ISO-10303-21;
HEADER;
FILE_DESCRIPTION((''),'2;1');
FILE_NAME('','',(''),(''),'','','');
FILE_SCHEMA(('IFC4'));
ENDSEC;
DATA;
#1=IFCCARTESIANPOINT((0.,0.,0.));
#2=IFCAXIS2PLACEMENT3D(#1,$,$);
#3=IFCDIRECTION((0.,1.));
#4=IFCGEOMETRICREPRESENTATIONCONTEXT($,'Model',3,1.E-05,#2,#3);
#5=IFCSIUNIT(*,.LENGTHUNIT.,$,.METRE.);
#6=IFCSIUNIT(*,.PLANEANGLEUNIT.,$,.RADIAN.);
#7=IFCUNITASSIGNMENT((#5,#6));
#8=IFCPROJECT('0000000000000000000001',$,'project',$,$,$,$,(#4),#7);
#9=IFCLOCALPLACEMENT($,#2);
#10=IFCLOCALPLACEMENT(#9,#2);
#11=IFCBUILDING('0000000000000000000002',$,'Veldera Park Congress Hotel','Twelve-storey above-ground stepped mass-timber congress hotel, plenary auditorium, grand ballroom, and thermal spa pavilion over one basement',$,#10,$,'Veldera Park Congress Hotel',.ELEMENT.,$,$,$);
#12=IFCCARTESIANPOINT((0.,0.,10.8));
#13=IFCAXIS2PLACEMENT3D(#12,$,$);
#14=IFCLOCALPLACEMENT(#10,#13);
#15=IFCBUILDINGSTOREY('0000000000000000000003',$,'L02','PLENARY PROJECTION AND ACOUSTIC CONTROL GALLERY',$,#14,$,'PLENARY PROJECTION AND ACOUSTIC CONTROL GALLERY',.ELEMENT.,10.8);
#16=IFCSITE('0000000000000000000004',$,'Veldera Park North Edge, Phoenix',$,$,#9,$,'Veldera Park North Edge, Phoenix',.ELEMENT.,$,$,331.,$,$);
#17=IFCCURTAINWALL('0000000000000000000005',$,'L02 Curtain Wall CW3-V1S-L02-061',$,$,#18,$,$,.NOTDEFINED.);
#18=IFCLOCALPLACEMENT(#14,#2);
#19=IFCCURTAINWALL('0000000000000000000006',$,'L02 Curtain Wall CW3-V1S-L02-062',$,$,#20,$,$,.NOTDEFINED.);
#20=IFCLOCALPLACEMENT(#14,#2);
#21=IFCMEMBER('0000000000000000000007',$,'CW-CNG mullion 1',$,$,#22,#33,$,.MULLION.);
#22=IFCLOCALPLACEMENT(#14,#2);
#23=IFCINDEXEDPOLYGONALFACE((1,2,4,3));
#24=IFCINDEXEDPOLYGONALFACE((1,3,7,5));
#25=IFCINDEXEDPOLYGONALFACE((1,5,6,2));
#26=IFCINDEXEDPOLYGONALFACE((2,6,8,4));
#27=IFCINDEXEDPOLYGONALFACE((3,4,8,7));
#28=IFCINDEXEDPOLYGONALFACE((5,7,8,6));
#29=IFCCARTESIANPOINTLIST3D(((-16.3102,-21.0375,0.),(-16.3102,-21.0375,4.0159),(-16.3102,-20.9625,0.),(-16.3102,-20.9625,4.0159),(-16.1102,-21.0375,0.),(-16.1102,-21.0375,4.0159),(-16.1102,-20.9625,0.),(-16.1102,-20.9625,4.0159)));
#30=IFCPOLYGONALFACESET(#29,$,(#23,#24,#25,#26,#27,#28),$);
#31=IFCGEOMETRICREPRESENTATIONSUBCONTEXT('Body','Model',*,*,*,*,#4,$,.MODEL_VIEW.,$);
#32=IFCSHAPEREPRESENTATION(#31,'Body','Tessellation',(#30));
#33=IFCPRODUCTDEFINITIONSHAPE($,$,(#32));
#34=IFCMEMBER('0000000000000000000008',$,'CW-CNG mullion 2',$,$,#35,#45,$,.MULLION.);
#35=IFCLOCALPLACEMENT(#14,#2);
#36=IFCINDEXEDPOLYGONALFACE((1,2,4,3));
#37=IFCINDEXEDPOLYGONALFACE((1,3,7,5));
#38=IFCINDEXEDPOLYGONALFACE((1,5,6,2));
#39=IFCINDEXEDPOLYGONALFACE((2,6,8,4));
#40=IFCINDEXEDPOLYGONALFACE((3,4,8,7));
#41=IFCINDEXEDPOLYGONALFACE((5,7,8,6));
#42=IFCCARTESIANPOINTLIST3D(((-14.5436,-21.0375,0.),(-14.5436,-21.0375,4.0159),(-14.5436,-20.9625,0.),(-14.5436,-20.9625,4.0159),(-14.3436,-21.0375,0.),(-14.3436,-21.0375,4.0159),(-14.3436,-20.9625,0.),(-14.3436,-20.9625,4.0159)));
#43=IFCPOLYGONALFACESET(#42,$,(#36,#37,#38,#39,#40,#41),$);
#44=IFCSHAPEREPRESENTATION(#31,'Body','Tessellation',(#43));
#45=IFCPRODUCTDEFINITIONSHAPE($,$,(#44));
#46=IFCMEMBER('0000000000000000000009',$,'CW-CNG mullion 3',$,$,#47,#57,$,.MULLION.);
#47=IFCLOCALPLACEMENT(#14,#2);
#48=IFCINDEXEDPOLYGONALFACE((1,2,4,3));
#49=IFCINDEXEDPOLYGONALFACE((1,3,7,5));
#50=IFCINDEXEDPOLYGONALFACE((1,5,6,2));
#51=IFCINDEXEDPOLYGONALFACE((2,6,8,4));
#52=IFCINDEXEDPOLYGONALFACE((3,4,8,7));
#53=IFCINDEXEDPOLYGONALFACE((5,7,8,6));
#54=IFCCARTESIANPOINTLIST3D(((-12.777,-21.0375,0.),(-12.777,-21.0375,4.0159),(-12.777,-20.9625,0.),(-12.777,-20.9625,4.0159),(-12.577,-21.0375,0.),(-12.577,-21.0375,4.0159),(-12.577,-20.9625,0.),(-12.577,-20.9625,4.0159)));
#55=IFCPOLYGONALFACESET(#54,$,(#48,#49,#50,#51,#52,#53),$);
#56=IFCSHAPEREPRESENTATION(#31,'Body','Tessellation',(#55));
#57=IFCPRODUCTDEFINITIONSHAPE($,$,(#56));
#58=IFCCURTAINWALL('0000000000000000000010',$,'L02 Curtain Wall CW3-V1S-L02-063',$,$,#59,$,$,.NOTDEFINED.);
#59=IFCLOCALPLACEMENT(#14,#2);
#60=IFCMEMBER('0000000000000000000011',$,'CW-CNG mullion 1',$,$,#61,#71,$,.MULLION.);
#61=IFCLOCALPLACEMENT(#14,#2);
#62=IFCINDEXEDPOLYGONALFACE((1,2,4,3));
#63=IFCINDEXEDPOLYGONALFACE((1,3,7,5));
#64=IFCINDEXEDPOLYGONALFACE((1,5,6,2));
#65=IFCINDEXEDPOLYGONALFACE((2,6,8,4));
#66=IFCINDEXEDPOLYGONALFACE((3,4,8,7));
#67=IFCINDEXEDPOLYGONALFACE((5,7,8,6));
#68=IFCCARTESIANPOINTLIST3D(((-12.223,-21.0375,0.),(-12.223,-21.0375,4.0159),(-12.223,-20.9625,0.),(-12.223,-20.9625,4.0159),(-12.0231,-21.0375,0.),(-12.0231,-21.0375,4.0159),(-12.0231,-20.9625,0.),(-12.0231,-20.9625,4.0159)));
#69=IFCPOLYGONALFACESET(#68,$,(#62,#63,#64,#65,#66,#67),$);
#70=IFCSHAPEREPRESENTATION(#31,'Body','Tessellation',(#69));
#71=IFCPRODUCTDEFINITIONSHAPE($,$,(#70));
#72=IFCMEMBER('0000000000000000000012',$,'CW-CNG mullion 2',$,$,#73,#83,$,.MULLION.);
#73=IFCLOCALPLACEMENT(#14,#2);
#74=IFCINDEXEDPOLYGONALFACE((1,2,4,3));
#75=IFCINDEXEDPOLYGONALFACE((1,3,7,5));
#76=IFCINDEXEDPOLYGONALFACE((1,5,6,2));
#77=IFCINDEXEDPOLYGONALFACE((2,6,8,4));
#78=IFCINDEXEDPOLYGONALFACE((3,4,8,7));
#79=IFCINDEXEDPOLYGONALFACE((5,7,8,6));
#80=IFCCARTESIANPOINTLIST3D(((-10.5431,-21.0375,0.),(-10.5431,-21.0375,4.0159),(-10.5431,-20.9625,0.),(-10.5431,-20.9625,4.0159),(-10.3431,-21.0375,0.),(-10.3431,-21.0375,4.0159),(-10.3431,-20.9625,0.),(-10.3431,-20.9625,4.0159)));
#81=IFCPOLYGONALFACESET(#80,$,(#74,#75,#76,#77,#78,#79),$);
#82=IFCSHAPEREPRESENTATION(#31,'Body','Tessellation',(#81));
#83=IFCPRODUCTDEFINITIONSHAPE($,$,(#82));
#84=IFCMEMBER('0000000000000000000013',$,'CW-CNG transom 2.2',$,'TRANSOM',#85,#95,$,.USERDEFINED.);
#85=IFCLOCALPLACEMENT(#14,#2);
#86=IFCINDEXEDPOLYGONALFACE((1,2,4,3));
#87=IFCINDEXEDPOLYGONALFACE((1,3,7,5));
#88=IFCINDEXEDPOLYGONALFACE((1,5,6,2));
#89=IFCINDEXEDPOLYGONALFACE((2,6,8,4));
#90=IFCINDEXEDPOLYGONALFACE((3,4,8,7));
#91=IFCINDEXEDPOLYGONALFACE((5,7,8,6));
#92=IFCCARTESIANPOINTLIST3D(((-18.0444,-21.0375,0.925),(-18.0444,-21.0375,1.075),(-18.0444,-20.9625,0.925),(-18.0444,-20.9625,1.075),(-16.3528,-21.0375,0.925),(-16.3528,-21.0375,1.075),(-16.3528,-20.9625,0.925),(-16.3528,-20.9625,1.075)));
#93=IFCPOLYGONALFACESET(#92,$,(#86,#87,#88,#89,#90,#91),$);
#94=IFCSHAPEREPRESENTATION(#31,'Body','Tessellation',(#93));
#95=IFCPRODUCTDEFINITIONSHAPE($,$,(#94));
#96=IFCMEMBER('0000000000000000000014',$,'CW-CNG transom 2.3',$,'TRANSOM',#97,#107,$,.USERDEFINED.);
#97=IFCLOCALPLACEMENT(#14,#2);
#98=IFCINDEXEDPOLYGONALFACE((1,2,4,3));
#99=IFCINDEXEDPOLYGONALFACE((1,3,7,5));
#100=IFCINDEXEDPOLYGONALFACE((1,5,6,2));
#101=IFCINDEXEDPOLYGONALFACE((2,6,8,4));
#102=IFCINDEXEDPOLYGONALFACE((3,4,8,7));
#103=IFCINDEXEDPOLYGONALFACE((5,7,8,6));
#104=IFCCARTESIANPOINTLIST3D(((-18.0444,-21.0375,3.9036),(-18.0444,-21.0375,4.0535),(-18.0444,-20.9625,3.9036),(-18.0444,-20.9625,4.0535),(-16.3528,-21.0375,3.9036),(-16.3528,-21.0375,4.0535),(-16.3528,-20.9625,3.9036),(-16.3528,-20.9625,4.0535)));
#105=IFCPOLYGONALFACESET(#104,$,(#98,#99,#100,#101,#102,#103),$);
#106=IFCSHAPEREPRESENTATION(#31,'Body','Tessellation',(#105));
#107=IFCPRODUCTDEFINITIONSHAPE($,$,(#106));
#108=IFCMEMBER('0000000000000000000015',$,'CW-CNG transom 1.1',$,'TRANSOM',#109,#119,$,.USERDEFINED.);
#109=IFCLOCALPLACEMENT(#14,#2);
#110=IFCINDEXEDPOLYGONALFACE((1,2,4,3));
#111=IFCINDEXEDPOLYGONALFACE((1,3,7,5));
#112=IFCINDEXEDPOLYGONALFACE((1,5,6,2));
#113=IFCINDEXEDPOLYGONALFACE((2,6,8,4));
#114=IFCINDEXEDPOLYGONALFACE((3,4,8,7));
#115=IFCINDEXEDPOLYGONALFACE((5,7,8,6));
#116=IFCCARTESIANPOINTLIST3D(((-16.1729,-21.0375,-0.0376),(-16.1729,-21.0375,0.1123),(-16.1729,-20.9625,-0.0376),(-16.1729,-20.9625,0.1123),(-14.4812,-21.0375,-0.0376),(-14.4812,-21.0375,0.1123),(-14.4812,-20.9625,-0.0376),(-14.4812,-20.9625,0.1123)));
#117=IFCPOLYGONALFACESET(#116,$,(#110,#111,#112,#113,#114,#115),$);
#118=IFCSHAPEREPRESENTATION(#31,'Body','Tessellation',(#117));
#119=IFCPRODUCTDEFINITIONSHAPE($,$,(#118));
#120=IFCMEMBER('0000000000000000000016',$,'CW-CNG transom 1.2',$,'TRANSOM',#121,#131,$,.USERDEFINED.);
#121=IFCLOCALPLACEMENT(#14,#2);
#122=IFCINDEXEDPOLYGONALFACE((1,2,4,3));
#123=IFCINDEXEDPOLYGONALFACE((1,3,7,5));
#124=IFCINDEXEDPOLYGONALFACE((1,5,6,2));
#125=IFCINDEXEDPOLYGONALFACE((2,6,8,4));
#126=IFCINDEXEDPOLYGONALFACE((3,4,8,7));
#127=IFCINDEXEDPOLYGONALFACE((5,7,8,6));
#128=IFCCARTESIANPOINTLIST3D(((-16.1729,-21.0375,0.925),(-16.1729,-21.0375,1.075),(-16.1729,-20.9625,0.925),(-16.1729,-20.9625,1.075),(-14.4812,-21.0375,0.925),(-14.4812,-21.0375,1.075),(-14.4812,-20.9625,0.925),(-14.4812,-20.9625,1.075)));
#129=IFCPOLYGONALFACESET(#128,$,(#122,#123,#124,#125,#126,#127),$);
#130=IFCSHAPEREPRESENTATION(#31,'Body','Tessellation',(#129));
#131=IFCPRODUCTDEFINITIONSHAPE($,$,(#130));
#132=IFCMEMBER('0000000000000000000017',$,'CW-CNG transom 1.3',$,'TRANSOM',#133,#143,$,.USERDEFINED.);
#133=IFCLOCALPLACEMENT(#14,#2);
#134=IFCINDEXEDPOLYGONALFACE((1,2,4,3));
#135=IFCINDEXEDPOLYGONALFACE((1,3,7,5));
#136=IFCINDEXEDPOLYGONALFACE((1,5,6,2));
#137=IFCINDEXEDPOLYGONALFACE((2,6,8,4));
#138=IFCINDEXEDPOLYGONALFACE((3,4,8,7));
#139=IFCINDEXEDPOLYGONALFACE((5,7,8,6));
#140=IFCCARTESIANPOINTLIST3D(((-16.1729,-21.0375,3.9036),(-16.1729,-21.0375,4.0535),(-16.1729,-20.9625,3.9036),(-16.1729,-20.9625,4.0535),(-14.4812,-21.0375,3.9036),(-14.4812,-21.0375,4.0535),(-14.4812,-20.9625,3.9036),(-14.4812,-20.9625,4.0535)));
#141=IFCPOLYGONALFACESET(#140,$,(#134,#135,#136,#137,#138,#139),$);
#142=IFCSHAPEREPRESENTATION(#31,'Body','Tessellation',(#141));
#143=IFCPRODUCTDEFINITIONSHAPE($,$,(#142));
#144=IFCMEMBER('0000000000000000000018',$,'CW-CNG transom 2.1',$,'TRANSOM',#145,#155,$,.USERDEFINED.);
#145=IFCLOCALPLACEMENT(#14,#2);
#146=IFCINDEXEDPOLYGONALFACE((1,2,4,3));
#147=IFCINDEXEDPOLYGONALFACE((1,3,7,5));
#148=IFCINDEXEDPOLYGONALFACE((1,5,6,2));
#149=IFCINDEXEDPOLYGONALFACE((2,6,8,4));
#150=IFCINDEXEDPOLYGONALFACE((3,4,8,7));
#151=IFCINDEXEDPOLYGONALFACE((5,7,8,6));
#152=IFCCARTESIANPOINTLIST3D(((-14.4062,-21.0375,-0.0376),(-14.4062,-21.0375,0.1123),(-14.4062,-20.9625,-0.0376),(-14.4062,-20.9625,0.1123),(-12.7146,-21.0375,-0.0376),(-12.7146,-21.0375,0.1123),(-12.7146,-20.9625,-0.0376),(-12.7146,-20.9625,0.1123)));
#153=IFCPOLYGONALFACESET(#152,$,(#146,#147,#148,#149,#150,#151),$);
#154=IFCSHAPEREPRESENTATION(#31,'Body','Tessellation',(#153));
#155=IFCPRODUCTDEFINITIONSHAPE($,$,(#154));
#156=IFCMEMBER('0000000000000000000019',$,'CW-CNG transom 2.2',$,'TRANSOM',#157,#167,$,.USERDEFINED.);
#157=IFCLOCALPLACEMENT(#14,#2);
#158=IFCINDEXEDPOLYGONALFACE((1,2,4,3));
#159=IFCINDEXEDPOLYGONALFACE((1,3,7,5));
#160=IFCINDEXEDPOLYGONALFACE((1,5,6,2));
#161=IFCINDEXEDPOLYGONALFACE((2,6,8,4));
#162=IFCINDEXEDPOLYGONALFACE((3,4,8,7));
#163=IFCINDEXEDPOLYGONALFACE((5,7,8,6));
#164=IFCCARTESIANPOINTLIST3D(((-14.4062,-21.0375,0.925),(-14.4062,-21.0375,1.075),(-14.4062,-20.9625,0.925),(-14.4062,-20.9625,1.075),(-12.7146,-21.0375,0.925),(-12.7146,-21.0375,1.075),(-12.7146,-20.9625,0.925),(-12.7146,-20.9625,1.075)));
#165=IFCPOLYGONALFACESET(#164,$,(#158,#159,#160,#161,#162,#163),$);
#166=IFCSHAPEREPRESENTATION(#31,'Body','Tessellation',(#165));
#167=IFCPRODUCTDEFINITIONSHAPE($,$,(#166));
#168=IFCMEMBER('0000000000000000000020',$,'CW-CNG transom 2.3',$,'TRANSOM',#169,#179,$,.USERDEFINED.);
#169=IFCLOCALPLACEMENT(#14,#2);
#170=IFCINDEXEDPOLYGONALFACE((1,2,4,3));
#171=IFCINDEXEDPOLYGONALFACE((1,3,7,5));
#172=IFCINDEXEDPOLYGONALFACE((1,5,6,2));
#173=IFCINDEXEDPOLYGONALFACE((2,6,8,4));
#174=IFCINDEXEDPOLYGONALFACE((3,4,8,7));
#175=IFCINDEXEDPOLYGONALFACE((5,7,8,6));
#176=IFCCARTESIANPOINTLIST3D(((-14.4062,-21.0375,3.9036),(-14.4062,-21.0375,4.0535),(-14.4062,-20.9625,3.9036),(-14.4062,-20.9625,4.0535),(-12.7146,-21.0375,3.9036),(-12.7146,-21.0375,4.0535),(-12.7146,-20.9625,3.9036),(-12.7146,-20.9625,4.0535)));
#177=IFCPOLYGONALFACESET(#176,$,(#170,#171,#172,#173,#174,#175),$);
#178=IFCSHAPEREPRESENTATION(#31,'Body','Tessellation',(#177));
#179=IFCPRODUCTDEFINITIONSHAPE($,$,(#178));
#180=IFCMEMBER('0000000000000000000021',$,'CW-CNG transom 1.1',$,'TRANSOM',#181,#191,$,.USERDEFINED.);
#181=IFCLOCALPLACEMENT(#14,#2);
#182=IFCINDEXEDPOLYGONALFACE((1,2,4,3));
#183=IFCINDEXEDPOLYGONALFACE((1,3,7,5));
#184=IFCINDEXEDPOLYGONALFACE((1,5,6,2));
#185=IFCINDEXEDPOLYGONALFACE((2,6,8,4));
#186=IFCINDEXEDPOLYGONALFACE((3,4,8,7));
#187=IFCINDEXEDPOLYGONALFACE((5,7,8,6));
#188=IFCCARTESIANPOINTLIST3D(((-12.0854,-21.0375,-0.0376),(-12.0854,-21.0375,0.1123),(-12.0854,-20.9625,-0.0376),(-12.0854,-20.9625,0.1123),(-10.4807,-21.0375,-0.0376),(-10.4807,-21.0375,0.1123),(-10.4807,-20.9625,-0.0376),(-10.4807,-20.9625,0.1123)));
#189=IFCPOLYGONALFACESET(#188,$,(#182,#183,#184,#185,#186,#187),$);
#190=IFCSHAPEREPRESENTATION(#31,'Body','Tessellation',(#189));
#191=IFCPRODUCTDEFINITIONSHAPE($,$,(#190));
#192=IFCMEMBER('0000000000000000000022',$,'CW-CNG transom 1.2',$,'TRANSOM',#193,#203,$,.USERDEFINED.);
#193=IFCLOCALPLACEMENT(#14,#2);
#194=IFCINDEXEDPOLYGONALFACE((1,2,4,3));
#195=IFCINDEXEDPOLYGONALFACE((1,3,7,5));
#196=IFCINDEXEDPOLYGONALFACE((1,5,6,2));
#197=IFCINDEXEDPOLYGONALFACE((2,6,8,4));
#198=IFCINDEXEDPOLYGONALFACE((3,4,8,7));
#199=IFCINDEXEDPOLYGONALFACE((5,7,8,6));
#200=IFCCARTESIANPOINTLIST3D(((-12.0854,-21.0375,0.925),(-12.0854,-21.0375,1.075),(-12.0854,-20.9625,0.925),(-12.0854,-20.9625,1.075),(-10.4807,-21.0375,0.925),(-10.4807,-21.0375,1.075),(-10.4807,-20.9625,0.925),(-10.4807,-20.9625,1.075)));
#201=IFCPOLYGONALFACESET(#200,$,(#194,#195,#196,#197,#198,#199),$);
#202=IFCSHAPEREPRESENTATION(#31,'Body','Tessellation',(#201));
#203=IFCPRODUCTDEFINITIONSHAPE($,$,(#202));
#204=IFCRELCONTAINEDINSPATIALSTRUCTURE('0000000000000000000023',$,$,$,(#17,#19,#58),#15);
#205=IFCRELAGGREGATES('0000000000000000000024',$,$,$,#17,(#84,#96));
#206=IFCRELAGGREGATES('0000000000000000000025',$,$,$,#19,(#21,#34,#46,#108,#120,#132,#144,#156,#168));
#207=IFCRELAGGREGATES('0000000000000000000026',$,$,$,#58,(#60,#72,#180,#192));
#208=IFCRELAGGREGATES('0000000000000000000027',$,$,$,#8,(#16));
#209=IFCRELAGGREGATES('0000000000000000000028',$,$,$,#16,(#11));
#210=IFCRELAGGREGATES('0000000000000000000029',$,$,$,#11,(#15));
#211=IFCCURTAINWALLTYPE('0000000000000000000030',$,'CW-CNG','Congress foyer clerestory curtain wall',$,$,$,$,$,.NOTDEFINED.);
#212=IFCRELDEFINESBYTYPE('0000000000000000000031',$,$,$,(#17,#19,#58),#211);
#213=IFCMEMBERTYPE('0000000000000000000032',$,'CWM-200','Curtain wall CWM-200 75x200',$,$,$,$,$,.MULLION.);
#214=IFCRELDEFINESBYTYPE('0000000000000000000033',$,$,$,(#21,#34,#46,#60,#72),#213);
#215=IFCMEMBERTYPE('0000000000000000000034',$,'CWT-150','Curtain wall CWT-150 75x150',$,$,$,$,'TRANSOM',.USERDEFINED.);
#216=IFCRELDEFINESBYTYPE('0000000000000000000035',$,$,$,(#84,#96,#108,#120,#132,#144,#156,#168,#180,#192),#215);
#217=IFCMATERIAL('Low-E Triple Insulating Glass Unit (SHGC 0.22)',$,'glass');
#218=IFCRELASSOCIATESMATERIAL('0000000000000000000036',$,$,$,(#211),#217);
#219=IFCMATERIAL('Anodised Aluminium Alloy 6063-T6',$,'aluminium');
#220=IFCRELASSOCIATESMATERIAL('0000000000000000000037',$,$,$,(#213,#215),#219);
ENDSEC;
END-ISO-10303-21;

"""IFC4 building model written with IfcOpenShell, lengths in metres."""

from ifc_helpers import new_model, si_unit, direction, frame, origin, origin_2d, place, context, subcontext, project, spatial, rectangle, extrude, material, material_profile, profile_set, type_object, element, aggregate, save


model = new_model("IFC4")

# Units and contexts
model_context = context("Model", 3, precision=1e-05, world=origin(), true_north=direction((0.0, 1.0)))
body_context = subcontext(model_context, "Body", "Model", "MODEL_VIEW")
ifc_project = project(units=[si_unit("LENGTHUNIT", "METRE"), si_unit("PLANEANGLEUNIT", "RADIAN")], contexts=[model_context])

# Site, building, storey
site_placement = place(None, origin())
site = spatial("IfcSite", under=ifc_project, at=site_placement, Name="Veldera Park North Edge, Phoenix", LongName="Veldera Park North Edge, Phoenix", CompositionType="ELEMENT", RefElevation=331.0)
building_placement = place(site_placement, origin())
building = spatial("IfcBuilding", under=site, at=building_placement, Name="Veldera Park Congress Hotel", Description="Twelve-storey above-ground stepped mass-timber congress hotel, plenary auditorium, grand ballroom, and thermal spa pavilion over one basement", LongName="Veldera Park Congress Hotel", CompositionType="ELEMENT")
storey_placement = place(building_placement, frame((0.0, 0.0, 10.8)))
storey = spatial("IfcBuildingStorey", under=building, at=storey_placement, Name="L02", Description="PLENARY PROJECTION AND ACOUSTIC CONTROL GALLERY", LongName="PLENARY PROJECTION AND ACOUSTIC CONTROL GALLERY", CompositionType="ELEMENT", Elevation=10.8)

# Curtain wall
ifc_material_1 = material(Name="Low-E Triple Insulating Glass Unit (SHGC 0.22)", Category="glass")
curtain_wall_type = type_object("IfcCurtainWallType", Name="CW-CNG", Description="Congress foyer clerestory curtain wall", PredefinedType="NOTDEFINED", material=ifc_material_1)
curtain_wall_1_placement = place(storey_placement, origin())
curtain_wall_1 = element("IfcCurtainWall", 1, at=curtain_wall_1_placement, inside=storey, type_object=curtain_wall_type, Name="L02 Curtain Wall CW3-V1S-L02-061", PredefinedType="NOTDEFINED")
ifc_material_2 = material(Name="Anodised Aluminium Alloy 6063-T6", Category="aluminium")
ifc_material_profile_1 = material_profile(ifc_material_2, rectangle(XDim=0.075, YDim=0.2, at=origin_2d()), Name="ALU 75x200")
ifc_profile_set_1 = profile_set([ifc_material_profile_1], Name="Anodised Aluminium Alloy 6063-T6")
member_type_1 = type_object("IfcMemberType", Name="CWM-200", Description="Curtain wall CWM-200 75x200", PredefinedType="MULLION", material=ifc_profile_set_1)

# Curtain walls, members
curtain_wall_2_placement = place(storey_placement, origin())
curtain_wall_2 = element("IfcCurtainWall", 2, at=curtain_wall_2_placement, inside=storey, type_object=curtain_wall_type, Name="L02 Curtain Wall CW3-V1S-L02-062", PredefinedType="NOTDEFINED")
member_1_placement = place(storey_placement, frame((-16.2102, -21.0, 0.0), z_axis=(0.0, 0.0, 1.0), x_axis=(0.0, 1.0, 0.0)))
member_1 = element("IfcMember", 3, at=member_1_placement, type_object=member_type_1, Name="CW-CNG mullion 1", PredefinedType="MULLION", context=body_context, shape_type="SweptSolid", body=[
    extrude(rectangle(XDim=0.075, YDim=0.2, at=origin_2d()), origin(), (0.0, 0.0, 1.0), 4.0159),
])
member_2_placement = place(storey_placement, frame((-14.4436, -21.0, 0.0), z_axis=(0.0, 0.0, 1.0), x_axis=(0.0, 1.0, 0.0)))
member_2 = element("IfcMember", 4, at=member_2_placement, type_object=member_type_1, Name="CW-CNG mullion 2", PredefinedType="MULLION", context=body_context, shape_type="SweptSolid", body=[
    extrude(rectangle(XDim=0.075, YDim=0.2, at=origin_2d()), origin(), (0.0, 0.0, 1.0), 4.0159),
])
member_3_placement = place(storey_placement, frame((-12.677, -21.0, 0.0), z_axis=(0.0, 0.0, 1.0), x_axis=(0.0, 1.0, 0.0)))
member_3 = element("IfcMember", 5, at=member_3_placement, type_object=member_type_1, Name="CW-CNG mullion 3", PredefinedType="MULLION", context=body_context, shape_type="SweptSolid", body=[
    extrude(rectangle(XDim=0.075, YDim=0.2, at=origin_2d()), origin(), (0.0, 0.0, 1.0), 4.0159),
])
curtain_wall_3_placement = place(storey_placement, origin())
curtain_wall_3 = element("IfcCurtainWall", 6, at=curtain_wall_3_placement, inside=storey, type_object=curtain_wall_type, Name="L02 Curtain Wall CW3-V1S-L02-063", PredefinedType="NOTDEFINED")
member_4_placement = place(storey_placement, frame((-12.123, -21.0, 0.0), z_axis=(0.0, 0.0, 1.0), x_axis=(0.0, 1.0, 0.0)))
member_4 = element("IfcMember", 7, at=member_4_placement, type_object=member_type_1, Name="CW-CNG mullion 1", PredefinedType="MULLION", context=body_context, shape_type="SweptSolid", body=[
    extrude(rectangle(XDim=0.075, YDim=0.2, at=origin_2d()), origin(), (0.0, 0.0, 1.0), 4.0159),
])
member_5_placement = place(storey_placement, frame((-10.4431, -21.0, 0.0), z_axis=(0.0, 0.0, 1.0), x_axis=(0.0, 1.0, 0.0)))
member_5 = element("IfcMember", 8, at=member_5_placement, type_object=member_type_1, Name="CW-CNG mullion 2", PredefinedType="MULLION", context=body_context, shape_type="SweptSolid", body=[
    extrude(rectangle(XDim=0.075, YDim=0.2, at=origin_2d()), origin(), (0.0, 0.0, 1.0), 4.0159),
])

# Members
ifc_material_profile_2 = material_profile(ifc_material_2, rectangle(XDim=0.075, YDim=0.1499, at=origin_2d()), Name="ALU 75x150")
ifc_profile_set_2 = profile_set([ifc_material_profile_2], Name="Anodised Aluminium Alloy 6063-T6")
member_type_2 = type_object("IfcMemberType", Name="CWT-150", Description="Curtain wall CWT-150 75x150", ElementType="TRANSOM", PredefinedType="USERDEFINED", material=ifc_profile_set_2)
member_6_placement = place(storey_placement, frame((-18.0444, -21.0, 1.0), z_axis=(1.0, 0.0, 0.0), x_axis=(0.0, 1.0, 0.0)))
member_6 = element("IfcMember", 9, at=member_6_placement, type_object=member_type_2, Name="CW-CNG transom 2.2", ObjectType="TRANSOM", PredefinedType="USERDEFINED", context=body_context, shape_type="SweptSolid", body=[
    extrude(rectangle(XDim=0.075, YDim=0.1499, at=origin_2d()), origin(), (0.0, 0.0, 1.0), 1.6917),
])
member_7_placement = place(storey_placement, frame((-18.0444, -21.0, 3.9785), z_axis=(1.0, 0.0, 0.0), x_axis=(0.0, 1.0, 0.0)))
member_7 = element("IfcMember", 10, at=member_7_placement, type_object=member_type_2, Name="CW-CNG transom 2.3", ObjectType="TRANSOM", PredefinedType="USERDEFINED", context=body_context, shape_type="SweptSolid", body=[
    extrude(rectangle(XDim=0.075, YDim=0.1499, at=origin_2d()), origin(), (0.0, 0.0, 1.0), 1.6917),
])
member_8_placement = place(storey_placement, frame((-16.1729, -21.0, 0.0374), z_axis=(1.0, 0.0, 0.0), x_axis=(0.0, 1.0, 0.0)))
member_8 = element("IfcMember", 11, at=member_8_placement, type_object=member_type_2, Name="CW-CNG transom 1.1", ObjectType="TRANSOM", PredefinedType="USERDEFINED", context=body_context, shape_type="SweptSolid", body=[
    extrude(rectangle(XDim=0.075, YDim=0.1499, at=origin_2d()), origin(), (0.0, 0.0, 1.0), 1.6917),
])
member_9_placement = place(storey_placement, frame((-16.1729, -21.0, 1.0), z_axis=(1.0, 0.0, 0.0), x_axis=(0.0, 1.0, 0.0)))
member_9 = element("IfcMember", 12, at=member_9_placement, type_object=member_type_2, Name="CW-CNG transom 1.2", ObjectType="TRANSOM", PredefinedType="USERDEFINED", context=body_context, shape_type="SweptSolid", body=[
    extrude(rectangle(XDim=0.075, YDim=0.1499, at=origin_2d()), origin(), (0.0, 0.0, 1.0), 1.6917),
])
member_10_placement = place(storey_placement, frame((-16.1729, -21.0, 3.9785), z_axis=(1.0, 0.0, 0.0), x_axis=(0.0, 1.0, 0.0)))
member_10 = element("IfcMember", 13, at=member_10_placement, type_object=member_type_2, Name="CW-CNG transom 1.3", ObjectType="TRANSOM", PredefinedType="USERDEFINED", context=body_context, shape_type="SweptSolid", body=[
    extrude(rectangle(XDim=0.075, YDim=0.1499, at=origin_2d()), origin(), (0.0, 0.0, 1.0), 1.6917),
])
member_11_placement = place(storey_placement, frame((-14.4062, -21.0, 0.0374), z_axis=(1.0, 0.0, 0.0), x_axis=(0.0, 1.0, 0.0)))
member_11 = element("IfcMember", 14, at=member_11_placement, type_object=member_type_2, Name="CW-CNG transom 2.1", ObjectType="TRANSOM", PredefinedType="USERDEFINED", context=body_context, shape_type="SweptSolid", body=[
    extrude(rectangle(XDim=0.075, YDim=0.1499, at=origin_2d()), origin(), (0.0, 0.0, 1.0), 1.6917),
])
member_12_placement = place(storey_placement, frame((-14.4062, -21.0, 1.0), z_axis=(1.0, 0.0, 0.0), x_axis=(0.0, 1.0, 0.0)))
member_12 = element("IfcMember", 15, at=member_12_placement, type_object=member_type_2, Name="CW-CNG transom 2.2", ObjectType="TRANSOM", PredefinedType="USERDEFINED", context=body_context, shape_type="SweptSolid", body=[
    extrude(rectangle(XDim=0.075, YDim=0.1499, at=origin_2d()), origin(), (0.0, 0.0, 1.0), 1.6917),
])
member_13_placement = place(storey_placement, frame((-14.4062, -21.0, 3.9785), z_axis=(1.0, 0.0, 0.0), x_axis=(0.0, 1.0, 0.0)))
member_13 = element("IfcMember", 16, at=member_13_placement, type_object=member_type_2, Name="CW-CNG transom 2.3", ObjectType="TRANSOM", PredefinedType="USERDEFINED", context=body_context, shape_type="SweptSolid", body=[
    extrude(rectangle(XDim=0.075, YDim=0.1499, at=origin_2d()), origin(), (0.0, 0.0, 1.0), 1.6917),
])
member_14_placement = place(storey_placement, frame((-12.0854, -21.0, 0.0374), z_axis=(1.0, 0.0, 0.0), x_axis=(0.0, 1.0, 0.0)))
member_14 = element("IfcMember", 17, at=member_14_placement, type_object=member_type_2, Name="CW-CNG transom 1.1", ObjectType="TRANSOM", PredefinedType="USERDEFINED", context=body_context, shape_type="SweptSolid", body=[
    extrude(rectangle(XDim=0.075, YDim=0.1499, at=origin_2d()), origin(), (0.0, 0.0, 1.0), 1.6047),
])
member_15_placement = place(storey_placement, frame((-12.0854, -21.0, 1.0), z_axis=(1.0, 0.0, 0.0), x_axis=(0.0, 1.0, 0.0)))
member_15 = element("IfcMember", 18, at=member_15_placement, type_object=member_type_2, Name="CW-CNG transom 1.2", ObjectType="TRANSOM", PredefinedType="USERDEFINED", context=body_context, shape_type="SweptSolid", body=[
    extrude(rectangle(XDim=0.075, YDim=0.1499, at=origin_2d()), origin(), (0.0, 0.0, 1.0), 1.6047),
])

aggregate(curtain_wall_1, [member_6, member_7])
aggregate(curtain_wall_2, [member_1, member_2, member_3, member_8, member_9, member_10, member_11, member_12, member_13])
aggregate(curtain_wall_3, [member_4, member_5, member_14, member_15])

save(model, "model.ifc")
